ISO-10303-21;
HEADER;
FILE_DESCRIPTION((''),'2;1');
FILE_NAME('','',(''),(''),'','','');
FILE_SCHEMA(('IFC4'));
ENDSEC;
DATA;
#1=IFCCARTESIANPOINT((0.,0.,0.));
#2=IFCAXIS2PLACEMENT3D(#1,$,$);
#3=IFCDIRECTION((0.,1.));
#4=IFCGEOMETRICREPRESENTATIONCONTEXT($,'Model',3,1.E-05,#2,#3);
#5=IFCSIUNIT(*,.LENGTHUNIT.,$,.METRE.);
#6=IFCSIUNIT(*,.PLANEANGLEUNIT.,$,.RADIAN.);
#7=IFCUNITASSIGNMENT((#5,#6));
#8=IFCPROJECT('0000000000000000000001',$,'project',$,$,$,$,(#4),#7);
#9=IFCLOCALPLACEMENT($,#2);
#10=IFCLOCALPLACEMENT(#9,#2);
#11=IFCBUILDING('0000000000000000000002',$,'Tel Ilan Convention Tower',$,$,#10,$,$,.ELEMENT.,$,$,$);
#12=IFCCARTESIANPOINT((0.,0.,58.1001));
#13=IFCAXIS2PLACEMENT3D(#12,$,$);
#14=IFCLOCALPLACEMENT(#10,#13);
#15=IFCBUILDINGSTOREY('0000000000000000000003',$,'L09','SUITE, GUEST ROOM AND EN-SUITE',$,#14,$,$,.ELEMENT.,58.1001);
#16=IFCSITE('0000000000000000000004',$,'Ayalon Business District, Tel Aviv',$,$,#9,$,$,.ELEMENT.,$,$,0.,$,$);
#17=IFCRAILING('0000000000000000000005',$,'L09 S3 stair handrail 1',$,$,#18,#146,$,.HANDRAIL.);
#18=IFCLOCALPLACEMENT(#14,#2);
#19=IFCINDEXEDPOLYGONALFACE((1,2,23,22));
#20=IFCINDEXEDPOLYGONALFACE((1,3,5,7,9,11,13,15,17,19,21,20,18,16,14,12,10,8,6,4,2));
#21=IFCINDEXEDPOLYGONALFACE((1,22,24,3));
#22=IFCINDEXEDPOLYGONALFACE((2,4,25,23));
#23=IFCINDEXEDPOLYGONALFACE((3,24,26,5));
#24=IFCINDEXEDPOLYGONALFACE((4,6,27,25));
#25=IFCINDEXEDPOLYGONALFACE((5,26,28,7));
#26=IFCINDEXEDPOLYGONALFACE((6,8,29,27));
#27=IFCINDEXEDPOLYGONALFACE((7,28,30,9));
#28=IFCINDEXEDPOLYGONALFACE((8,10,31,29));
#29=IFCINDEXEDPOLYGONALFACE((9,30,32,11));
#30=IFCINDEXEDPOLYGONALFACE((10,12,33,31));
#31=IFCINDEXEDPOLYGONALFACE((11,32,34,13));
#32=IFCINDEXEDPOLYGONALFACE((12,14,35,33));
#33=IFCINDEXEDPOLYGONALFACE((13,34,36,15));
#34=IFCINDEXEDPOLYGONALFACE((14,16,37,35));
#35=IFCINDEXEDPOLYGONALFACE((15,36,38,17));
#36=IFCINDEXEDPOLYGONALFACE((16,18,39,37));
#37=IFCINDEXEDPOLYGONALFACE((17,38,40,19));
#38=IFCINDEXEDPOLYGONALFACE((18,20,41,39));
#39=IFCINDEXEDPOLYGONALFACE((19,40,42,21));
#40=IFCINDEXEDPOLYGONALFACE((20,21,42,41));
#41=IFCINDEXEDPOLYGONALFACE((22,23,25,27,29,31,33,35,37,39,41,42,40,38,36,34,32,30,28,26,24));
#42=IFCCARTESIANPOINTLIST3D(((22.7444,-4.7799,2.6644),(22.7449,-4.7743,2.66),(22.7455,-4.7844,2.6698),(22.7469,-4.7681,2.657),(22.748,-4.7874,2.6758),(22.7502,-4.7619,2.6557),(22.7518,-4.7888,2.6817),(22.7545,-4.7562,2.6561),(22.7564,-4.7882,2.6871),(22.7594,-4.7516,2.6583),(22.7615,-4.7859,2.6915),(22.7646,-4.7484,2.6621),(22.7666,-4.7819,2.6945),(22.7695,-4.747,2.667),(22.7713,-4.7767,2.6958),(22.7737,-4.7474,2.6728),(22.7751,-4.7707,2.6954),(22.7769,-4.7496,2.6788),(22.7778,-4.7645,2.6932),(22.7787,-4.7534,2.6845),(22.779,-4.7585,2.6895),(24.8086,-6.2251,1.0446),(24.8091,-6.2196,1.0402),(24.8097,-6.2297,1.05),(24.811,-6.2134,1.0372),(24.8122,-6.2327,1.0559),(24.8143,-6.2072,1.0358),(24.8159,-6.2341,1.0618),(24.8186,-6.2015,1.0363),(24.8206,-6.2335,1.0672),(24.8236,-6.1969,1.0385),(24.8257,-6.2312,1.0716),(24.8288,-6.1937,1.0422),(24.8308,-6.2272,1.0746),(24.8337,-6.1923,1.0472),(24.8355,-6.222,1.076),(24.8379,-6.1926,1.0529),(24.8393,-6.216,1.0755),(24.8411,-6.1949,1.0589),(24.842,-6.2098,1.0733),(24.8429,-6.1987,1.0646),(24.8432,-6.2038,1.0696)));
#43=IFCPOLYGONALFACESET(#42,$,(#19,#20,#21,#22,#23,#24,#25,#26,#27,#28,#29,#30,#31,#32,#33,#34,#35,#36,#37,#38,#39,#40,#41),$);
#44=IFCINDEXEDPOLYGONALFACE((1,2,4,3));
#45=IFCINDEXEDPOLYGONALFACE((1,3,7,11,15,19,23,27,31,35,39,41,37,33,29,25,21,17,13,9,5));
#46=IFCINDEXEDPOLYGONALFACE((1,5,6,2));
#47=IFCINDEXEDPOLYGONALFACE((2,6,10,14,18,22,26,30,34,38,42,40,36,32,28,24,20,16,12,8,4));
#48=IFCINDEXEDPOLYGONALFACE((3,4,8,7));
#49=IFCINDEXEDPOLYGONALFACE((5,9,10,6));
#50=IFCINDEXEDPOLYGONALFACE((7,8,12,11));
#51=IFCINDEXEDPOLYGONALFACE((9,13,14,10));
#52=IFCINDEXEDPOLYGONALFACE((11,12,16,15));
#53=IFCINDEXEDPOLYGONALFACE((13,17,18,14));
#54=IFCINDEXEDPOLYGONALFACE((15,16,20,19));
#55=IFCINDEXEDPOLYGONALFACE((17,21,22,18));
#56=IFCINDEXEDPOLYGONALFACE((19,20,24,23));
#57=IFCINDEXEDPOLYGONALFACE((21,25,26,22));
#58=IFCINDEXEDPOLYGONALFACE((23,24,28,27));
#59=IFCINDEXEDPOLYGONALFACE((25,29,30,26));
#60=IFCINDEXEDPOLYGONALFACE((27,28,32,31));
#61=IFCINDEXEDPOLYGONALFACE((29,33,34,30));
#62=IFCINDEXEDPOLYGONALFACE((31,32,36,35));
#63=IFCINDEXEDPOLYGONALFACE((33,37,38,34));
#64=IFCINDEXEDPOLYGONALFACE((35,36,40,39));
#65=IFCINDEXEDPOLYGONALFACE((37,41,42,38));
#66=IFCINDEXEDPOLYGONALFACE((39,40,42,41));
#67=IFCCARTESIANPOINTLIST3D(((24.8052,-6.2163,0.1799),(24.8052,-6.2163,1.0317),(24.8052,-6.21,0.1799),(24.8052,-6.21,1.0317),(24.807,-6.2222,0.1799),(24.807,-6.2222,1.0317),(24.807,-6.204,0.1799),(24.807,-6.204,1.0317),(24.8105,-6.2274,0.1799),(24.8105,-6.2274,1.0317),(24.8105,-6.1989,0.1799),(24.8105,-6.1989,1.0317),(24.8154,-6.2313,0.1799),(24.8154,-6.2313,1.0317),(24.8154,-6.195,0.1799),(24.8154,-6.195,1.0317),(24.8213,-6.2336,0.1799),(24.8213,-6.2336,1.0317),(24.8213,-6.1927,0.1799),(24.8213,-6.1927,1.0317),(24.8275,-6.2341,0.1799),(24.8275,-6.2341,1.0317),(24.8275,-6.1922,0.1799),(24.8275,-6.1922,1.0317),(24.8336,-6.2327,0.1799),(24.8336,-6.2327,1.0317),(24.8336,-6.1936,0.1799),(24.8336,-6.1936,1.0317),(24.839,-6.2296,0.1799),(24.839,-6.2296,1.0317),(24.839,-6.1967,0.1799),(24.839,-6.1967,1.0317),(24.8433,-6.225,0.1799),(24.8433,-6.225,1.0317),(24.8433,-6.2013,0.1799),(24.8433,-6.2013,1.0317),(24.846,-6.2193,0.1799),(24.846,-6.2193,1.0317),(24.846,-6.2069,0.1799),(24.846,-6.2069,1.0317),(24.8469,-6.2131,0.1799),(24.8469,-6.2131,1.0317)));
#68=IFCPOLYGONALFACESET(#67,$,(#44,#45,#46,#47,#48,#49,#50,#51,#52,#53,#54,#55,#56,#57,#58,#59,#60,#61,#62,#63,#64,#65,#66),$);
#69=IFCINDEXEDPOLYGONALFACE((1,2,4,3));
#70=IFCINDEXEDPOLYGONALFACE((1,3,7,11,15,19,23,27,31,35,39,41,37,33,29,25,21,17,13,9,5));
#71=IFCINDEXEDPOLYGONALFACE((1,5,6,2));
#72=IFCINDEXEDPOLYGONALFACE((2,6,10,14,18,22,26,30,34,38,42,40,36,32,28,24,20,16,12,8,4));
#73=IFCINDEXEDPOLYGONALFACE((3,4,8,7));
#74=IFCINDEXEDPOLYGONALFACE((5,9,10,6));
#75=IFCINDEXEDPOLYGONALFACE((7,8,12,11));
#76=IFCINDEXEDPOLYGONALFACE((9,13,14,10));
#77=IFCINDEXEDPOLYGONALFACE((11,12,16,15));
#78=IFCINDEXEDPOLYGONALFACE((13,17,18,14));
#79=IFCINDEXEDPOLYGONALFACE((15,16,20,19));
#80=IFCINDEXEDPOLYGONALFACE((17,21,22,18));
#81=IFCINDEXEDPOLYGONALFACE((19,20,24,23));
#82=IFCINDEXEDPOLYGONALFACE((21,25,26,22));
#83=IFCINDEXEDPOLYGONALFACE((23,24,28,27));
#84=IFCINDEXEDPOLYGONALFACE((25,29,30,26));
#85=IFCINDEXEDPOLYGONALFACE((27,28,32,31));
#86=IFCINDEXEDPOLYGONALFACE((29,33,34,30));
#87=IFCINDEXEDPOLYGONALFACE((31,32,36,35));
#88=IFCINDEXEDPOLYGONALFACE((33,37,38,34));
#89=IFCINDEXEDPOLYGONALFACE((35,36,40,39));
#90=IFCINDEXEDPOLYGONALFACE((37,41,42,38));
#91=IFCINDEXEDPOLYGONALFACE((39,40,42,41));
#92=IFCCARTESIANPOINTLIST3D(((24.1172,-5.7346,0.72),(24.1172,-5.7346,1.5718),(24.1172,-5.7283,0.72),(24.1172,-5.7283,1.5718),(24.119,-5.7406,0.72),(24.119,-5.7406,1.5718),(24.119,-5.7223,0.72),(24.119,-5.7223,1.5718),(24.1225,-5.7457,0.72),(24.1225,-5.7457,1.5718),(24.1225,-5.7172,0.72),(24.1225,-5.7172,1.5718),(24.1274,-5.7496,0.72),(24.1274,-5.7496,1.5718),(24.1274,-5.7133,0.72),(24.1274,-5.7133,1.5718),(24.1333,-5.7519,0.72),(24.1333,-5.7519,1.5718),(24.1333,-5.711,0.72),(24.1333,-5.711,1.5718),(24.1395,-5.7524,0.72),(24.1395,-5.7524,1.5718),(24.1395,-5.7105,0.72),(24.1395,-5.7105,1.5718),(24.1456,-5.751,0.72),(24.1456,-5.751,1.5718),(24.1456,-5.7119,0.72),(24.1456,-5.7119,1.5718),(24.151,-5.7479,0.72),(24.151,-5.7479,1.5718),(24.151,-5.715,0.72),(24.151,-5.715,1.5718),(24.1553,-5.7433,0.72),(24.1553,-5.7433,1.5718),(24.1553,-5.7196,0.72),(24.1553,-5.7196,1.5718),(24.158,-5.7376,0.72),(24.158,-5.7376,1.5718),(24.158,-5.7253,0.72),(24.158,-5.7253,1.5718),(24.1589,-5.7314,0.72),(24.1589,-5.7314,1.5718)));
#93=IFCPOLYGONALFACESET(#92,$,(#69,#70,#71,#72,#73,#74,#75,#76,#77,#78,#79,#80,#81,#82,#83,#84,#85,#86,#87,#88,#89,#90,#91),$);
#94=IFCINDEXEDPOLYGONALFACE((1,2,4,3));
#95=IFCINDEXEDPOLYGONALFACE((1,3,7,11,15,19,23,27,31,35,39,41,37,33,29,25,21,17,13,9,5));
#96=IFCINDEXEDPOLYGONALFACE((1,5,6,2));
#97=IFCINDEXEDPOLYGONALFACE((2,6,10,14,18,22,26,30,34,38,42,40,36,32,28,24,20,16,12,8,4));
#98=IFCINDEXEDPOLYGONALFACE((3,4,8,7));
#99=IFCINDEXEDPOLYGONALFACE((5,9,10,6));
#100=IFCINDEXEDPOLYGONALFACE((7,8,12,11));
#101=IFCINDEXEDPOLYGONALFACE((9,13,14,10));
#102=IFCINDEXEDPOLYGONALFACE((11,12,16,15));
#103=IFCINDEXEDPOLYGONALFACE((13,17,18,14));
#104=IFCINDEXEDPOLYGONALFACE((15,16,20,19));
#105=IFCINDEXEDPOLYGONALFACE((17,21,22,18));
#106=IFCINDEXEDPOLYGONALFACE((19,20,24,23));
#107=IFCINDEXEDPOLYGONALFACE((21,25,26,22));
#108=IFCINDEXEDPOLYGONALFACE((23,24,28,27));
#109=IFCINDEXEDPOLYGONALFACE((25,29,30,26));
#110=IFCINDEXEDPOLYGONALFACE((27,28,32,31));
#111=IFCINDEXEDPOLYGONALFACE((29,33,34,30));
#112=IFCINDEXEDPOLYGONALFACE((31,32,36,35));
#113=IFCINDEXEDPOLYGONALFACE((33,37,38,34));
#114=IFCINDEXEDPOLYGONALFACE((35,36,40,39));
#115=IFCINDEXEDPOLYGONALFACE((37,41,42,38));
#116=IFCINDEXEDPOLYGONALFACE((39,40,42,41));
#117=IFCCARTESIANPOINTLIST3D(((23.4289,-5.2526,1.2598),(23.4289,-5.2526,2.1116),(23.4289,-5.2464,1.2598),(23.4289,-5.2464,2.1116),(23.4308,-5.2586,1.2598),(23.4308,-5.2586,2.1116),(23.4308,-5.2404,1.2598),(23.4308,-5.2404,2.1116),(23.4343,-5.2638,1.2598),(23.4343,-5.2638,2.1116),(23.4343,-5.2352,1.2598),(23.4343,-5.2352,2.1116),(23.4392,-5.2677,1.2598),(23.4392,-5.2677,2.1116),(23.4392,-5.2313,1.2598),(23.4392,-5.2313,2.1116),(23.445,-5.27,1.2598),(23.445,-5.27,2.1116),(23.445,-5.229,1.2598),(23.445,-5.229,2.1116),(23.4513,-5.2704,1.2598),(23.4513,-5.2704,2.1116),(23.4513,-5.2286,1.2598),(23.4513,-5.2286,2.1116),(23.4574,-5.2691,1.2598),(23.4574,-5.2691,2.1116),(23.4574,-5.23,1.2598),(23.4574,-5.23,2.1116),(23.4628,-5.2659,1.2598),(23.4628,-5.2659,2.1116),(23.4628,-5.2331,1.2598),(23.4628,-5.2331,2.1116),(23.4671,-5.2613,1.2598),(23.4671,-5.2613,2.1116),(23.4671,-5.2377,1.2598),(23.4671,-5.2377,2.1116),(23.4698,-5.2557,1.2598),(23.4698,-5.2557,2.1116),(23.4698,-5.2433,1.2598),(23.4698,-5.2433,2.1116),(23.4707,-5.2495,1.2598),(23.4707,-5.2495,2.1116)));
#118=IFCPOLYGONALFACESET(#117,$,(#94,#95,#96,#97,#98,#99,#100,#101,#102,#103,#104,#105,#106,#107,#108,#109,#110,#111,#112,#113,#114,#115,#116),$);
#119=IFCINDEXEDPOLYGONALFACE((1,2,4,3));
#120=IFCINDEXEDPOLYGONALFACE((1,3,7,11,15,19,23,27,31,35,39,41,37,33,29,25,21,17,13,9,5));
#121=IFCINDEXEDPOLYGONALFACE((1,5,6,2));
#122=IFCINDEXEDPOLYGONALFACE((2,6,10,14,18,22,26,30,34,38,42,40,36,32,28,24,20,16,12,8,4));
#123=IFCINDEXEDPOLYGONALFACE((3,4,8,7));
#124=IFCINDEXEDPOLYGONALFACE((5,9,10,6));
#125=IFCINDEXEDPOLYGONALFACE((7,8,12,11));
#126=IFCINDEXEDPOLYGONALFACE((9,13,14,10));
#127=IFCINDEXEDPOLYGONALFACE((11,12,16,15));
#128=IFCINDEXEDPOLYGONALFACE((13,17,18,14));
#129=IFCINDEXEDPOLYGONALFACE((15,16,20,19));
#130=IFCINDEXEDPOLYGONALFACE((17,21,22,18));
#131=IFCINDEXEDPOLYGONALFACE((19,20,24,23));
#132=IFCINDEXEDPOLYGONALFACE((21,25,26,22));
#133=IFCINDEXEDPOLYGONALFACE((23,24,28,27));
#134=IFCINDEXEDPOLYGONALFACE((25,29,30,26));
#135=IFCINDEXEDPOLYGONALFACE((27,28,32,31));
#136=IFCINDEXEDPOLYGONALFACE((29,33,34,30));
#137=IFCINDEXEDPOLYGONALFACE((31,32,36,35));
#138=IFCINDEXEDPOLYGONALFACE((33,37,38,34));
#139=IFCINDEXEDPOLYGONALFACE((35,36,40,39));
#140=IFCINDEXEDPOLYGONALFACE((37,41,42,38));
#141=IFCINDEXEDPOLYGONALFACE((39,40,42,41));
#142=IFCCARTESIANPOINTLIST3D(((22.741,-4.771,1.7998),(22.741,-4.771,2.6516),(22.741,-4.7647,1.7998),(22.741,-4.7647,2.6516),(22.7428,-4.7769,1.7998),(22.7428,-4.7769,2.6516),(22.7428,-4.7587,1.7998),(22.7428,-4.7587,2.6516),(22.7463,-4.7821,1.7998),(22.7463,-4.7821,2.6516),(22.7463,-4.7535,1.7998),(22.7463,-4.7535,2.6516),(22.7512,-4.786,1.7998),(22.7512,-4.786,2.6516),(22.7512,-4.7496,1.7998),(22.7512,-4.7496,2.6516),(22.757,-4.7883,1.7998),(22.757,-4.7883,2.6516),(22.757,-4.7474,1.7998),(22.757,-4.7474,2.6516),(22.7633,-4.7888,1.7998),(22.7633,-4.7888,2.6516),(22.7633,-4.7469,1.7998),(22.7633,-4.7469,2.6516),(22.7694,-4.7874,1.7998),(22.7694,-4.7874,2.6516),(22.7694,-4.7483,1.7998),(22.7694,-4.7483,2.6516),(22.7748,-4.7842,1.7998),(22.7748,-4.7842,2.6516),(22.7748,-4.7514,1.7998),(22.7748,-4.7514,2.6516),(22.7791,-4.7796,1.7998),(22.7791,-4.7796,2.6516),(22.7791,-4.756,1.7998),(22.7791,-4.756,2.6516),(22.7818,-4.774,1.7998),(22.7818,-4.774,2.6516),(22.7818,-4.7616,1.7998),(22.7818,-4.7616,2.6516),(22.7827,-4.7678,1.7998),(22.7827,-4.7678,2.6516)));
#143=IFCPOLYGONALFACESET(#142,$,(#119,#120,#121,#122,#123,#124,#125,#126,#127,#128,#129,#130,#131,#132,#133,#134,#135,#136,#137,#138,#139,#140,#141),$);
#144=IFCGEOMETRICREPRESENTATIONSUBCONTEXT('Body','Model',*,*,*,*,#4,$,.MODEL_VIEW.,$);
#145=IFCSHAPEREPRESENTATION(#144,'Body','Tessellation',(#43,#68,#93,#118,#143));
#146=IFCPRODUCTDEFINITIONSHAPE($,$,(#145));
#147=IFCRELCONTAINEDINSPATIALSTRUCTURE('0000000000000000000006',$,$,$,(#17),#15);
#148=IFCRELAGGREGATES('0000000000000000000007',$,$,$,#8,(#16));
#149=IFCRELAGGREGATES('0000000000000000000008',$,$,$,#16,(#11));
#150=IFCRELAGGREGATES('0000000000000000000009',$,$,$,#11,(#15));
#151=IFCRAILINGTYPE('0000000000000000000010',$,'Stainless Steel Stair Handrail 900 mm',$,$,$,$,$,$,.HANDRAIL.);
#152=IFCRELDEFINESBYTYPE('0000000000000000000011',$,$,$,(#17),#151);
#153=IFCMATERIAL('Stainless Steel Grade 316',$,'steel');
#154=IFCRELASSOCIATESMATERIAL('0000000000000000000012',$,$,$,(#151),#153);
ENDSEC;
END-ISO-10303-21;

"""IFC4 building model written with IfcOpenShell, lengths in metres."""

from ifc_helpers import new_model, si_unit, direction, frame, origin, origin_2d, place, context, subcontext, project, spatial, circle, extrude, material, type_object, element, save


model = new_model("IFC4")

# Units and contexts
model_context = context("Model", 3, precision=1e-05, world=origin(), true_north=direction((0.0, 1.0)))
body_context = subcontext(model_context, "Body", "Model", "MODEL_VIEW")
ifc_project = project(units=[si_unit("LENGTHUNIT", "METRE"), si_unit("PLANEANGLEUNIT", "RADIAN")], contexts=[model_context])

# Site, building, storey
site_placement = place(None, origin())
site = spatial("IfcSite", under=ifc_project, at=site_placement, Name="Ayalon Business District, Tel Aviv", CompositionType="ELEMENT", RefElevation=0.0)
building_placement = place(site_placement, origin())
building = spatial("IfcBuilding", under=site, at=building_placement, Name="Tel Ilan Convention Tower", CompositionType="ELEMENT")
storey_placement = place(building_placement, frame((0.0, 0.0, 58.1001)))
storey = spatial("IfcBuildingStorey", under=building, at=storey_placement, Name="L09", Description="SUITE, GUEST ROOM AND EN-SUITE", CompositionType="ELEMENT", Elevation=58.1001)

# Railing
ifc_material_1 = material(Name="Stainless Steel Grade 316", Category="steel")
railing_type_1 = type_object("IfcRailingType", Name="Stainless Steel Stair Handrail 900 mm", PredefinedType="HANDRAIL", material=ifc_material_1)
railing_1_placement = place(storey_placement, frame((24.8259, -6.2131, 0.1799)))
element("IfcRailing", 1, at=railing_1_placement, inside=storey, type_object=railing_type_1, Name="L09 S3 stair handrail 1", PredefinedType="HANDRAIL", context=body_context, shape_type="SweptSolid", body=[
    extrude(circle(Radius=0.0239, at=origin_2d()), frame((0.0, 0.0, 0.876), z_axis=(-0.68907, 0.482472, 0.540743), x_axis=(-0.57356, -0.819164, 0.0)), (0.0, 0.0, 1.0), 2.9956),
    extrude(circle(Radius=0.021, at=origin_2d()), origin(), (0.0, 0.0, 1.0), 0.8518),
    extrude(circle(Radius=0.021, at=origin_2d()), frame((-0.688, 0.4817, 0.54)), (0.0, 0.0, 1.0), 0.8518),
    extrude(circle(Radius=0.021, at=origin_2d()), frame((-1.3762, 0.9636, 1.0798)), (0.0, 0.0, 1.0), 0.8518),
    extrude(circle(Radius=0.021, at=origin_2d()), frame((-2.0642, 1.4453, 1.6199)), (0.0, 0.0, 1.0), 0.8518),
])

save(model, "model.ifc")
